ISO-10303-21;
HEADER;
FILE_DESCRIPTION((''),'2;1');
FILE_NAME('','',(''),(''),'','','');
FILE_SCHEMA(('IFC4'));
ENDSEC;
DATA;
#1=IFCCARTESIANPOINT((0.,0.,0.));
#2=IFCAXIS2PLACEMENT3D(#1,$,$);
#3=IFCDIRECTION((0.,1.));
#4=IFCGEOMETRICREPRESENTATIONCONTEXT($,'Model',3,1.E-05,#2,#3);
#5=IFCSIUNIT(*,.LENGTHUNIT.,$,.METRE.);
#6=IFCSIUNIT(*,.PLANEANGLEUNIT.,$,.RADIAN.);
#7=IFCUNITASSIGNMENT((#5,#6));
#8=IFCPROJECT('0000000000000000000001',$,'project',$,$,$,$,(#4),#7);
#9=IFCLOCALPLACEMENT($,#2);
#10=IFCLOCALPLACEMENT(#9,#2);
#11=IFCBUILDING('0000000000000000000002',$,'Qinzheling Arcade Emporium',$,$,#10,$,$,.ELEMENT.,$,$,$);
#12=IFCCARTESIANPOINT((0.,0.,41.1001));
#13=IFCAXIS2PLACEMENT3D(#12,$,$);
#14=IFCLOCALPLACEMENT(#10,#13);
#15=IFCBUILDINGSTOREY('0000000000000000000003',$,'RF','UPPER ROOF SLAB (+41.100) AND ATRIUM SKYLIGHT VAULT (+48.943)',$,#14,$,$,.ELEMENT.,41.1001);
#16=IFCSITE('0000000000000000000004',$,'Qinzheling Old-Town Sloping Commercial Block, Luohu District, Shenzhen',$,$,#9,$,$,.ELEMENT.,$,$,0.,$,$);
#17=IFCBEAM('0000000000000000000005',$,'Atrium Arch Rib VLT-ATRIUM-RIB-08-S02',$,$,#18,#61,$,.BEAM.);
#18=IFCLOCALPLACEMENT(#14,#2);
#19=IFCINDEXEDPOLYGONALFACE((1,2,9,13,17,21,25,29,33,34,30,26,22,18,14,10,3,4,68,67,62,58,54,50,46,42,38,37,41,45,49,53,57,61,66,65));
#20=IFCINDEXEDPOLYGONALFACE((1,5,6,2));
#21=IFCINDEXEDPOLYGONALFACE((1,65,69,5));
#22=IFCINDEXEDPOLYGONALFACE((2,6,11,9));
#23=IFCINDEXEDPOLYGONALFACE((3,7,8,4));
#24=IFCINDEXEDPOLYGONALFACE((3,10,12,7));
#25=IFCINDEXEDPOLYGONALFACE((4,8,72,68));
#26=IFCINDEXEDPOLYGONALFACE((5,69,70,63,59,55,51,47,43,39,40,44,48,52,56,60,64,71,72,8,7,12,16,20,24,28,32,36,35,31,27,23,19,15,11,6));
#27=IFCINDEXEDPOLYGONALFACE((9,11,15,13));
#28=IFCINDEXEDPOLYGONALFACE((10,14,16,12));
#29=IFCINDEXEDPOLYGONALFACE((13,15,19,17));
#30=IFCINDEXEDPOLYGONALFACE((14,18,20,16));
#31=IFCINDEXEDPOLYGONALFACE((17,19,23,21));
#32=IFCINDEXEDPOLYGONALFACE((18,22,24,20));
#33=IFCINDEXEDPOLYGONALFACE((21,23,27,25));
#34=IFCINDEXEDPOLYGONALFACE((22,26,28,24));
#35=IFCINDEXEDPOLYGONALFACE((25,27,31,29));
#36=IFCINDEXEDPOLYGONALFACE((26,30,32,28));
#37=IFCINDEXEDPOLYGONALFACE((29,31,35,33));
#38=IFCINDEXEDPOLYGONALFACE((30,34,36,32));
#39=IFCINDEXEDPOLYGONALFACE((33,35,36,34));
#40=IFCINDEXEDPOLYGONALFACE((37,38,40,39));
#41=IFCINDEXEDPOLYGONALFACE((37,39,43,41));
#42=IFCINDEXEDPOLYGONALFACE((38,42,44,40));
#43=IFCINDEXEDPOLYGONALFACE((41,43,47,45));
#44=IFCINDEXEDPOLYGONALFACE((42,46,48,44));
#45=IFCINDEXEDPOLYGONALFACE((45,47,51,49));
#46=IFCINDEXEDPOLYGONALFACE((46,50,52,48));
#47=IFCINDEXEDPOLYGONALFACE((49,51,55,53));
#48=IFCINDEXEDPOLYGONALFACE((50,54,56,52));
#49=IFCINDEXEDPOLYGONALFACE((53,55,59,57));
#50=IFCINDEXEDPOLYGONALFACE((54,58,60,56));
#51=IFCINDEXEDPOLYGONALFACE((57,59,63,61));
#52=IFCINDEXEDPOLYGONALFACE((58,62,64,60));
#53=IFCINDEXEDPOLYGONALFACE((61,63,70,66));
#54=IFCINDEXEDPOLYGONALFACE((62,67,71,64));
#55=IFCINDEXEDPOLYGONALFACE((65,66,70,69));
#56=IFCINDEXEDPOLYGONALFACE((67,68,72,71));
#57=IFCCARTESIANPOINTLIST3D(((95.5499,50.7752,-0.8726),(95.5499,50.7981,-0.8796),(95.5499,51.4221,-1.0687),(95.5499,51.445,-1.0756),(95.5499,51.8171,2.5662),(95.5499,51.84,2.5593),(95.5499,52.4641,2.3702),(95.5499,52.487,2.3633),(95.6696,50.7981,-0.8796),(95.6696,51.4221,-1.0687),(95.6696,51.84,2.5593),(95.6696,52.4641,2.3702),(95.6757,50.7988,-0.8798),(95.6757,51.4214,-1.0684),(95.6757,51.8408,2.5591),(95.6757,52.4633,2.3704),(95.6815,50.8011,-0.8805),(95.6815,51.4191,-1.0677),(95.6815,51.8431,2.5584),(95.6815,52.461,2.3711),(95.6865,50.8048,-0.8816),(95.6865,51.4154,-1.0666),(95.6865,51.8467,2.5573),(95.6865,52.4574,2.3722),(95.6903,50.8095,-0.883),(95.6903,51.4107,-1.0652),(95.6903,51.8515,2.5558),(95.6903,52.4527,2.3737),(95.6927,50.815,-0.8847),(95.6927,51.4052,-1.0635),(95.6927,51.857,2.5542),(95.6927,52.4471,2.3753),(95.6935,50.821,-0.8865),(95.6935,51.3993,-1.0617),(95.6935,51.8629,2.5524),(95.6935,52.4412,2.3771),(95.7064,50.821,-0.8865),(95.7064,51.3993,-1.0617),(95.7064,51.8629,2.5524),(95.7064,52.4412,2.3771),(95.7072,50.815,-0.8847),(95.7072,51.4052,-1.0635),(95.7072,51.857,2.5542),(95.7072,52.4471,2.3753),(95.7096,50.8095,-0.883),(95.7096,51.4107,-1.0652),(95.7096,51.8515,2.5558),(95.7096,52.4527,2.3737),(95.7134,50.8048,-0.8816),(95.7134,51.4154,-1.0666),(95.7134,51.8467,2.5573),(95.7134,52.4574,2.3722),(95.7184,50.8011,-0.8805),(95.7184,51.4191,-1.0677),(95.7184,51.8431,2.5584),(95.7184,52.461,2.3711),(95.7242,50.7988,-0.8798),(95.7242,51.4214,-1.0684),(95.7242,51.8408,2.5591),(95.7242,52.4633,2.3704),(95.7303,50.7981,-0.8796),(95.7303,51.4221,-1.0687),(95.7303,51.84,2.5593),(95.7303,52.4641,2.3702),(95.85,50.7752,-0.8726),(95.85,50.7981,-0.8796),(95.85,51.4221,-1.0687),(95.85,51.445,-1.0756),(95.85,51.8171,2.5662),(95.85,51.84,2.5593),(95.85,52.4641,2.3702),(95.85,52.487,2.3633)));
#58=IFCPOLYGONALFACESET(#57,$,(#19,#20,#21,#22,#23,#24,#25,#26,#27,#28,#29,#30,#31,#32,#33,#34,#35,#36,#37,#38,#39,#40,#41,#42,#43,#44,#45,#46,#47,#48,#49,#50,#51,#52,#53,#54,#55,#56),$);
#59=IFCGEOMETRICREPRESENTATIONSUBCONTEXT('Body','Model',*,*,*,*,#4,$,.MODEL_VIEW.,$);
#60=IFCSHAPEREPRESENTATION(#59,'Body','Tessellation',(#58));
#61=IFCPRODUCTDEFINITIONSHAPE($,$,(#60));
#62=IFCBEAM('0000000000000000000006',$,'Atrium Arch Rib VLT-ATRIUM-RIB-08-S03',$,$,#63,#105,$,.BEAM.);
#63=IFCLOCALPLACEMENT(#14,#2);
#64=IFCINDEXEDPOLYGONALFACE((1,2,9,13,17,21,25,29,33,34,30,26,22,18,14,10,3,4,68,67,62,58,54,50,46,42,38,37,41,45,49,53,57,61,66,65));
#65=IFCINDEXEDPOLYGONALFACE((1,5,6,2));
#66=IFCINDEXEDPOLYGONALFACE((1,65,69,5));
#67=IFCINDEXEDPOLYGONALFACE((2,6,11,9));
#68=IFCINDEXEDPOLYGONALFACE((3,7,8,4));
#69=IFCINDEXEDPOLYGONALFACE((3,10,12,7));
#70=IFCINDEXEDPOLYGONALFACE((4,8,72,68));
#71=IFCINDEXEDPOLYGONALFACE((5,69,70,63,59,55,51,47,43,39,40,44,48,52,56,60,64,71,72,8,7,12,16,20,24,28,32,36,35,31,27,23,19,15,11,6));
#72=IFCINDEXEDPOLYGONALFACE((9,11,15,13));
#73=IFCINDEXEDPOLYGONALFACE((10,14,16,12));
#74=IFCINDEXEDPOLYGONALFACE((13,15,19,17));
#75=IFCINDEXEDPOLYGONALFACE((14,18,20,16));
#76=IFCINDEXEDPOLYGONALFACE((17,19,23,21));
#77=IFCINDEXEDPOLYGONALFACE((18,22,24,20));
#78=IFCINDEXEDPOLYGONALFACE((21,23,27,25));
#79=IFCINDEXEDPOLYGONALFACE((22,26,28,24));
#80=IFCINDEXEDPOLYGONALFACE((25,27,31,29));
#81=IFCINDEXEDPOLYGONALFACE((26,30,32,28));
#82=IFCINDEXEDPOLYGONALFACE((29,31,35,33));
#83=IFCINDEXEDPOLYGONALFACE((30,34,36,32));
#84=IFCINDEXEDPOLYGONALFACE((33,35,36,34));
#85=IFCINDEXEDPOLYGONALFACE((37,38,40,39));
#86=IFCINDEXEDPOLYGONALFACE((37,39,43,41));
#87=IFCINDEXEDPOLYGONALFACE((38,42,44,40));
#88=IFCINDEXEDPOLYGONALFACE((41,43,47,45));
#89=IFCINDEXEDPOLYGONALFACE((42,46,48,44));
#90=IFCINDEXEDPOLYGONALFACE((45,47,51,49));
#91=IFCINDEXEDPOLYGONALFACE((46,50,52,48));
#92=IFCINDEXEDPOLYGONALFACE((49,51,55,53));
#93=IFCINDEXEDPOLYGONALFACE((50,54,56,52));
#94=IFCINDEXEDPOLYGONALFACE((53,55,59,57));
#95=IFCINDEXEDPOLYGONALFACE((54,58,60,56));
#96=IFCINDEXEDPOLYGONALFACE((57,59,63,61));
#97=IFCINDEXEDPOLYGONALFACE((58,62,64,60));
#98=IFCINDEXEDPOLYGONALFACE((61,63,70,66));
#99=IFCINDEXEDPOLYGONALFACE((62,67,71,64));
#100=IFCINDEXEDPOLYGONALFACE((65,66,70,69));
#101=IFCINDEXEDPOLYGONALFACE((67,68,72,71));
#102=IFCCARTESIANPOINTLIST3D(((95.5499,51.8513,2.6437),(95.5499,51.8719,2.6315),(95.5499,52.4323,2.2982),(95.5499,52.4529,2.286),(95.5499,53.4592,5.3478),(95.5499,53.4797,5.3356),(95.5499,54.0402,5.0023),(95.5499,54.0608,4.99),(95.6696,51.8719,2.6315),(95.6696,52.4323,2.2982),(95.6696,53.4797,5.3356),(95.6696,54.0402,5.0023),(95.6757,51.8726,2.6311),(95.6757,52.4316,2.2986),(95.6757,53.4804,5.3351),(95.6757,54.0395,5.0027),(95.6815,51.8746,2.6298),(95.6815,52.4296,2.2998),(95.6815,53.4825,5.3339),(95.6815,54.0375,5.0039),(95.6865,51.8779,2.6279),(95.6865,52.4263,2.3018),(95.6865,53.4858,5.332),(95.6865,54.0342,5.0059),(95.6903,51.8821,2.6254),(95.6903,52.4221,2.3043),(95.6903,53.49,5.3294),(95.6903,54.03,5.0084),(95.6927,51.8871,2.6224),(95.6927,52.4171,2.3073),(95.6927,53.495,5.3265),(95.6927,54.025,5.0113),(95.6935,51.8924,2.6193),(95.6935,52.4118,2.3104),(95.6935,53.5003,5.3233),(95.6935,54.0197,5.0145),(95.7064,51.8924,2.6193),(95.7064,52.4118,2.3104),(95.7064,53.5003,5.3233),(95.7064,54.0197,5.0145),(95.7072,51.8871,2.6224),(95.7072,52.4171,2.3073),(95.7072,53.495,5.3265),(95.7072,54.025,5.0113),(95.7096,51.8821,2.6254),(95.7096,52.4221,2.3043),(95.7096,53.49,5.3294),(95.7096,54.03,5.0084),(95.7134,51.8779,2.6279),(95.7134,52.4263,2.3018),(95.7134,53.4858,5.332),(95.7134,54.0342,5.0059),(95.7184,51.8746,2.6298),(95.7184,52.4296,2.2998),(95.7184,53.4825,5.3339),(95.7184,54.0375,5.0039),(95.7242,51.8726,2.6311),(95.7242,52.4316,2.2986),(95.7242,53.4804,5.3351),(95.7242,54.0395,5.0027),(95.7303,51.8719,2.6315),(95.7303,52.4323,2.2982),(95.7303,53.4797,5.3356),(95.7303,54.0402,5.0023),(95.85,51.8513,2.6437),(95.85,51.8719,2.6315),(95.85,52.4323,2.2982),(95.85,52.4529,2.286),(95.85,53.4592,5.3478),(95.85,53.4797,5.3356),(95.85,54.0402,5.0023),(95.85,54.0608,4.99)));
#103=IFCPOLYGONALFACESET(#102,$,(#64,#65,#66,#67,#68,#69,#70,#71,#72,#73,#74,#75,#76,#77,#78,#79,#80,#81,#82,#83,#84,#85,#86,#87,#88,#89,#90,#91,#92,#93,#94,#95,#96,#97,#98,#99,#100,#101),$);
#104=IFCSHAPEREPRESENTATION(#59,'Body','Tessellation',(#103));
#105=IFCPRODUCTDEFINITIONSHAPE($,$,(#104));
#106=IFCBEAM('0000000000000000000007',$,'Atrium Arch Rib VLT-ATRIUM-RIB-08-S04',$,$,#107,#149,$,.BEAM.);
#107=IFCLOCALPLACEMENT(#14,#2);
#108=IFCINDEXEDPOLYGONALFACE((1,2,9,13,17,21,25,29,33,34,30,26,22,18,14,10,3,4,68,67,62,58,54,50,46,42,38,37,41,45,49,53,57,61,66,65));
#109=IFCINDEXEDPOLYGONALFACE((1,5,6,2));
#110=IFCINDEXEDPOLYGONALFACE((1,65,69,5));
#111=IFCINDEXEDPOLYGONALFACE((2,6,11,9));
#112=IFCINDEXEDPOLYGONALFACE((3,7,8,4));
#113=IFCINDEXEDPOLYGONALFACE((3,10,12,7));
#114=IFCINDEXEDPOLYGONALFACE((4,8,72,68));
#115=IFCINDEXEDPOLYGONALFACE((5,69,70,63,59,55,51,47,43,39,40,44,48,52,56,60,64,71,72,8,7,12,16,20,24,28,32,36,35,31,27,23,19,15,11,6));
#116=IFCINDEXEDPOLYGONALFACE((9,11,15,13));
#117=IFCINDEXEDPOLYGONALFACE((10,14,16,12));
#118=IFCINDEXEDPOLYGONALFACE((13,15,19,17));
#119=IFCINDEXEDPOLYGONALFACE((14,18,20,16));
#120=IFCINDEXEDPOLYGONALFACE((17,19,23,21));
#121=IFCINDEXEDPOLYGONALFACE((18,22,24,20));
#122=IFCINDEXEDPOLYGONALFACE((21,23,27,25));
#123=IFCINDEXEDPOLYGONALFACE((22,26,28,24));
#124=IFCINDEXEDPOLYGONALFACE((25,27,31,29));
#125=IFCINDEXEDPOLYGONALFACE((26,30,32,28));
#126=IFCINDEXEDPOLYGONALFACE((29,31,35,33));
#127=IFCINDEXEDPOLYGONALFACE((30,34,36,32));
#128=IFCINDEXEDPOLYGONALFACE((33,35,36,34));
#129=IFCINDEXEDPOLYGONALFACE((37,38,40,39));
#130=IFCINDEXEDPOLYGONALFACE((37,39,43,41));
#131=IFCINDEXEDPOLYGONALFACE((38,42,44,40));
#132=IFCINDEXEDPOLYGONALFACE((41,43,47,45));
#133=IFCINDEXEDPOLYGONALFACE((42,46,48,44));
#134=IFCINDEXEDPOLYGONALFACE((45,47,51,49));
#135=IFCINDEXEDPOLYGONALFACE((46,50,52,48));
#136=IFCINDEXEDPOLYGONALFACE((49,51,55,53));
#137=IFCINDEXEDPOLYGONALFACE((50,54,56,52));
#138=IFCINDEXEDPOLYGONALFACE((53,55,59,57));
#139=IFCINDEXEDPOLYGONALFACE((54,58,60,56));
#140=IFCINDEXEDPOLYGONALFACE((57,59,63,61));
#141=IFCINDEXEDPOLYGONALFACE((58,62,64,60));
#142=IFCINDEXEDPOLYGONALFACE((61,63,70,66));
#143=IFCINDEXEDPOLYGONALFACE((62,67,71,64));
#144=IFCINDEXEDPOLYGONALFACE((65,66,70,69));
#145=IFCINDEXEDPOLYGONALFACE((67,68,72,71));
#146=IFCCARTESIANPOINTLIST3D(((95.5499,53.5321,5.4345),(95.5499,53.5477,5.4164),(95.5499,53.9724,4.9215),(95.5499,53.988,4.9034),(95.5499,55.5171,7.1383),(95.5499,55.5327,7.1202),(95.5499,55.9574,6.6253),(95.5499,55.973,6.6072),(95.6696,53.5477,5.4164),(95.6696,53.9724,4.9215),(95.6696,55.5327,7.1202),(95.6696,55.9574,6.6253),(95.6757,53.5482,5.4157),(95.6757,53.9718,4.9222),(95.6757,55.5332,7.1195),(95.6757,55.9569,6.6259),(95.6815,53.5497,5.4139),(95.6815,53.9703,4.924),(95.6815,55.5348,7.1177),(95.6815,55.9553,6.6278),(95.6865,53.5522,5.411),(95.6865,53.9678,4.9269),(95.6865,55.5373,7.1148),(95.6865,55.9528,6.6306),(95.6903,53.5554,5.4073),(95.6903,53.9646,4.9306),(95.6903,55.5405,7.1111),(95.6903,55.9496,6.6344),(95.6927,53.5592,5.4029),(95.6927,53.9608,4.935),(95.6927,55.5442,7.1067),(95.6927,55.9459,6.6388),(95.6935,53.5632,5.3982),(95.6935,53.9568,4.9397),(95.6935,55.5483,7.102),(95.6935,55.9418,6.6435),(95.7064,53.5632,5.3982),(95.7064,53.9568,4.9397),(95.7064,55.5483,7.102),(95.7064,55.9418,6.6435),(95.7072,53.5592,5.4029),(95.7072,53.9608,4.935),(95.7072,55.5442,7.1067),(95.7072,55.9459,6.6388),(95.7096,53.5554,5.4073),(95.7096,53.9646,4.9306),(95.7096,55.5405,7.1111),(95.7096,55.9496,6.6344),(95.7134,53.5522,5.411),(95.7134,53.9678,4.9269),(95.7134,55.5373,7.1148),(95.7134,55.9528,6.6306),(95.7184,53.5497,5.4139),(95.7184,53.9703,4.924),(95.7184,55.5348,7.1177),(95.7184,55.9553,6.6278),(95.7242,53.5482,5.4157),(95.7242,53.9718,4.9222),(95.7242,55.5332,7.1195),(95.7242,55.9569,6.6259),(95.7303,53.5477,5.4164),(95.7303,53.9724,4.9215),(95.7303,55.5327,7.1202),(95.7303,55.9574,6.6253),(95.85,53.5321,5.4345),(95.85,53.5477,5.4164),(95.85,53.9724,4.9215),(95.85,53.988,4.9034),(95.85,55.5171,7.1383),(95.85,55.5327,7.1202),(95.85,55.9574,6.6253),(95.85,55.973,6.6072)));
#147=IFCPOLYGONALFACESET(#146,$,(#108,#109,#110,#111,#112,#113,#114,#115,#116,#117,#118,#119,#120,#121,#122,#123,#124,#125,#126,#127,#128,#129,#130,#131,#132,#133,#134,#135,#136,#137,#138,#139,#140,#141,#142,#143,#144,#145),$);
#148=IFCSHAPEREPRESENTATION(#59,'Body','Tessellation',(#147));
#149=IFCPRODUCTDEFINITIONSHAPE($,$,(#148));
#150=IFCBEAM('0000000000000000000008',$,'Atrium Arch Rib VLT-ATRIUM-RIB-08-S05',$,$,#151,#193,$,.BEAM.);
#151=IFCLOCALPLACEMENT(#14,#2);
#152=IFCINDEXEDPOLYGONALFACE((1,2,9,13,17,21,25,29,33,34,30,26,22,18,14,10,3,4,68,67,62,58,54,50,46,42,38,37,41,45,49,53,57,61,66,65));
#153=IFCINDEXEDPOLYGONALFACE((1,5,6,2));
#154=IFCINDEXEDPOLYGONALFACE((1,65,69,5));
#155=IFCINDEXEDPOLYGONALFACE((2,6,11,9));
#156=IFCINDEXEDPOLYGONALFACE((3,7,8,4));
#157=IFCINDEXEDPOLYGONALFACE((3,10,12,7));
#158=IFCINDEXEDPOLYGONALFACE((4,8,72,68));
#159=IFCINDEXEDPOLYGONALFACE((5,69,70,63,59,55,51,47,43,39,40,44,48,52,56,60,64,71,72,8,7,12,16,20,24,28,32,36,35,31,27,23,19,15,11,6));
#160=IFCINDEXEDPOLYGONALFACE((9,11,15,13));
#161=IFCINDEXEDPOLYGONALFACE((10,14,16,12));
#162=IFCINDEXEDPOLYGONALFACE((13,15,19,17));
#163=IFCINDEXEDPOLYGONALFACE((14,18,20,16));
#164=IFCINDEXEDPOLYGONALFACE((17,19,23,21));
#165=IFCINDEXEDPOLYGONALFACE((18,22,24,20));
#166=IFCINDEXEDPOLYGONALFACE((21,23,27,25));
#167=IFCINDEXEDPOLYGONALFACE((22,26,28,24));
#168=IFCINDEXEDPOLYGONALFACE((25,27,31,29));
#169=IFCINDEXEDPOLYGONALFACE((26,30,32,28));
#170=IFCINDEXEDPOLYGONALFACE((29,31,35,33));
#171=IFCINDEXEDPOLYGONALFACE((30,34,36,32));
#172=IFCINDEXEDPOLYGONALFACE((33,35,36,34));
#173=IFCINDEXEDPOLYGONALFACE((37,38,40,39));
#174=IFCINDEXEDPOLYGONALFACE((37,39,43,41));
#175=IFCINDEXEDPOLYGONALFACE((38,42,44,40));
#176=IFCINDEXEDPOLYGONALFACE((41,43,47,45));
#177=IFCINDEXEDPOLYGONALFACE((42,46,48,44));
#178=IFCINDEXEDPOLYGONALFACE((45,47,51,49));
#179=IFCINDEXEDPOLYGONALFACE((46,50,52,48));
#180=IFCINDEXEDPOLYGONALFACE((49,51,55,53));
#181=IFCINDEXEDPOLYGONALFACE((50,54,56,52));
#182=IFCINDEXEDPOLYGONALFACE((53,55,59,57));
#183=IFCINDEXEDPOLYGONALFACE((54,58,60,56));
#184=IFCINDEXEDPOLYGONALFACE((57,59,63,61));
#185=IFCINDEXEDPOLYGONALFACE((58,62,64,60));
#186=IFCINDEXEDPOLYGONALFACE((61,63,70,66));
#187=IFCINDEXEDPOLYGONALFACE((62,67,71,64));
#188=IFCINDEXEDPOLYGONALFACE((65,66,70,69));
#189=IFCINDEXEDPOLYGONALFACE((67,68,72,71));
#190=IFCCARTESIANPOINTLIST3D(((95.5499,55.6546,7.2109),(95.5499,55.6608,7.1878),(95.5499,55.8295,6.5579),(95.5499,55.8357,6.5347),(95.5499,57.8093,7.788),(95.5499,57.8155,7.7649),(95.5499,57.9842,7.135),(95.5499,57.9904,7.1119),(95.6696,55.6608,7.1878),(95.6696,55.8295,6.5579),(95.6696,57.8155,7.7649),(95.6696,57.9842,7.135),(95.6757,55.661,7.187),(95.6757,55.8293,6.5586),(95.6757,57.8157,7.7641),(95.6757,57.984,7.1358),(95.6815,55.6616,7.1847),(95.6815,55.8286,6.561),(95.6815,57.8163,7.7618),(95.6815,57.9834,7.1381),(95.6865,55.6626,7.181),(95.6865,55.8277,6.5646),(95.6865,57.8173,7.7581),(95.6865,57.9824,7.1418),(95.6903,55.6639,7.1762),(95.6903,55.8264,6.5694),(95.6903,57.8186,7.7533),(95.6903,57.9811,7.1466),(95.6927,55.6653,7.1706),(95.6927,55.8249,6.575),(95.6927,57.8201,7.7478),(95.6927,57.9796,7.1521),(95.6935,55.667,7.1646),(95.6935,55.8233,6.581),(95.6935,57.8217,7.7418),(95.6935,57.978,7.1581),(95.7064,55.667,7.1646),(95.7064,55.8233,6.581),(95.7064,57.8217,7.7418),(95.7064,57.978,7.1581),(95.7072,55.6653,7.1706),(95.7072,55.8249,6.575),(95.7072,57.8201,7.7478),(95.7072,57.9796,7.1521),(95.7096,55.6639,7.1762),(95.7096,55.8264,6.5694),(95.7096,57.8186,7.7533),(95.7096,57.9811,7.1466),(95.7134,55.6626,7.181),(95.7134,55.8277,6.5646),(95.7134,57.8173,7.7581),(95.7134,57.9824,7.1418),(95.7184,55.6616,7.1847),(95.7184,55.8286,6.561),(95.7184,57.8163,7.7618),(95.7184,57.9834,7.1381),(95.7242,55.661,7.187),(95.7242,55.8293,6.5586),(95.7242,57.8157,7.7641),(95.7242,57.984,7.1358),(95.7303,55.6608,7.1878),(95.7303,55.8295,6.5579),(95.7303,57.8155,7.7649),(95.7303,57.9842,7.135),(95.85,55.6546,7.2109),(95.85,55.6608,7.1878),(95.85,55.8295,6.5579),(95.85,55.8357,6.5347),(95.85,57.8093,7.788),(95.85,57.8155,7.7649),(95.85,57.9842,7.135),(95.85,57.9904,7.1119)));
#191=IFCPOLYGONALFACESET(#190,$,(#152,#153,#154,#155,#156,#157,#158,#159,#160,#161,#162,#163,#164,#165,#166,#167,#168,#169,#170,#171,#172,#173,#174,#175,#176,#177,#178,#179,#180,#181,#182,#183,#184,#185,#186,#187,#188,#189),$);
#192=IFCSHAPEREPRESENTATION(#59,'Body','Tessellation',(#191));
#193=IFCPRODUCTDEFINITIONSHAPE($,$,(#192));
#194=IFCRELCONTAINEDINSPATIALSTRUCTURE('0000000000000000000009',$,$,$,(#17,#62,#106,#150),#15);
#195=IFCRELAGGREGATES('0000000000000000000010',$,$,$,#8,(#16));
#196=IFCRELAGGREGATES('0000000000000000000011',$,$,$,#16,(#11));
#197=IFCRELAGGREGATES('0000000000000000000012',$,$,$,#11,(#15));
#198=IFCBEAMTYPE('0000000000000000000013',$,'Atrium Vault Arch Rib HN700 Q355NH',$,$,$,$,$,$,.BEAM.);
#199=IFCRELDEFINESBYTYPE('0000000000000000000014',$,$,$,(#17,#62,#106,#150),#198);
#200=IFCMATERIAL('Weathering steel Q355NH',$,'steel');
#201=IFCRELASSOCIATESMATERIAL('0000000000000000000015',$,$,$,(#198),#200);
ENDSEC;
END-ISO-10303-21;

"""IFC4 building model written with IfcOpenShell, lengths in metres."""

from ifc_helpers import new_model, si_unit, direction, frame, origin, origin_2d, place, context, subcontext, project, spatial, i_section, extrude, material, material_profile, profile_set, type_object, element, save


model = new_model("IFC4")

# Units and contexts
model_context = context("Model", 3, precision=1e-05, world=origin(), true_north=direction((0.0, 1.0)))
body_context = subcontext(model_context, "Body", "Model", "MODEL_VIEW")
ifc_project = project(units=[si_unit("LENGTHUNIT", "METRE"), si_unit("PLANEANGLEUNIT", "RADIAN")], contexts=[model_context])

# Site, building, storey
site_placement = place(None, origin())
site = spatial("IfcSite", under=ifc_project, at=site_placement, Name="Qinzheling Old-Town Sloping Commercial Block, Luohu District, Shenzhen", CompositionType="ELEMENT", RefElevation=0.0)
building_placement = place(site_placement, origin())
building = spatial("IfcBuilding", under=site, at=building_placement, Name="Qinzheling Arcade Emporium", CompositionType="ELEMENT")
storey_placement = place(building_placement, frame((0.0, 0.0, 41.1001)))
storey = spatial("IfcBuildingStorey", under=building, at=storey_placement, Name="RF", Description="UPPER ROOF SLAB (+41.100) AND ATRIUM SKYLIGHT VAULT (+48.943)", CompositionType="ELEMENT", Elevation=41.1001)

# Shared definitions
ifc_material_1 = material(Name="Weathering steel Q355NH", Category="steel")

# Beams
ifc_material_profile_1 = material_profile(ifc_material_1, i_section(OverallWidth=0.3, OverallDepth=0.7, WebThickness=0.0129, FlangeThickness=0.0239, FilletRadius=0.0239, at=origin_2d()), Name="HN 700x300x13x24", Category="steel")
ifc_profile_set_1 = profile_set([ifc_material_profile_1], Name="Weathering steel Q355NH")
beam_type_1 = type_object("IfcBeamType", Name="Atrium Vault Arch Rib HN700 Q355NH", PredefinedType="BEAM", material=ifc_profile_set_1)
beam_1_placement = place(storey_placement, frame((95.7, 51.1101, -0.9741), z_axis=(0.0, 0.289977, 0.957034), x_axis=(-1.0, 0.0, 0.0)))
element("IfcBeam", 1, at=beam_1_placement, inside=storey, type_object=beam_type_1, Name="Atrium Arch Rib VLT-ATRIUM-RIB-08-S02", PredefinedType="BEAM", context=body_context, shape_type="SweptSolid", body=[
    extrude(i_section(OverallWidth=0.3, OverallDepth=0.7, WebThickness=0.0129, FlangeThickness=0.0239, FilletRadius=0.0239, at=origin_2d()), origin(), (0.0, 0.0, 1.0), 3.5933),
])
beam_2_placement = place(storey_placement, frame((95.7, 52.1521, 2.4648), z_axis=(0.0, 0.511091, 0.859527), x_axis=(-1.0, 0.0, 0.0)))
element("IfcBeam", 2, at=beam_2_placement, inside=storey, type_object=beam_type_1, Name="Atrium Arch Rib VLT-ATRIUM-RIB-08-S03", PredefinedType="BEAM", context=body_context, shape_type="SweptSolid", body=[
    extrude(i_section(OverallWidth=0.3, OverallDepth=0.7, WebThickness=0.0129, FlangeThickness=0.0239, FilletRadius=0.0239, at=origin_2d()), origin(), (0.0, 0.0, 1.0), 3.146),
])
beam_3_placement = place(storey_placement, frame((95.7, 53.76, 5.1689), z_axis=(0.0, 0.758815, 0.651306), x_axis=(-1.0, 0.0, 0.0)))
element("IfcBeam", 3, at=beam_3_placement, inside=storey, type_object=beam_type_1, Name="Atrium Arch Rib VLT-ATRIUM-RIB-08-S04", PredefinedType="BEAM", context=body_context, shape_type="SweptSolid", body=[
    extrude(i_section(OverallWidth=0.3, OverallDepth=0.7, WebThickness=0.0129, FlangeThickness=0.0239, FilletRadius=0.0239, at=origin_2d()), origin(), (0.0, 0.0, 1.0), 2.616),
])
beam_4_placement = place(storey_placement, frame((95.7, 55.7451, 6.8728), z_axis=(0.0, 0.965951, 0.258725), x_axis=(-1.0, 0.0, 0.0)))
element("IfcBeam", 4, at=beam_4_placement, inside=storey, type_object=beam_type_1, Name="Atrium Arch Rib VLT-ATRIUM-RIB-08-S05", PredefinedType="BEAM", context=body_context, shape_type="SweptSolid", body=[
    extrude(i_section(OverallWidth=0.3, OverallDepth=0.7, WebThickness=0.0129, FlangeThickness=0.0239, FilletRadius=0.0239, at=origin_2d()), origin(), (0.0, 0.0, 1.0), 2.2307),
])

save(model, "model.ifc")
